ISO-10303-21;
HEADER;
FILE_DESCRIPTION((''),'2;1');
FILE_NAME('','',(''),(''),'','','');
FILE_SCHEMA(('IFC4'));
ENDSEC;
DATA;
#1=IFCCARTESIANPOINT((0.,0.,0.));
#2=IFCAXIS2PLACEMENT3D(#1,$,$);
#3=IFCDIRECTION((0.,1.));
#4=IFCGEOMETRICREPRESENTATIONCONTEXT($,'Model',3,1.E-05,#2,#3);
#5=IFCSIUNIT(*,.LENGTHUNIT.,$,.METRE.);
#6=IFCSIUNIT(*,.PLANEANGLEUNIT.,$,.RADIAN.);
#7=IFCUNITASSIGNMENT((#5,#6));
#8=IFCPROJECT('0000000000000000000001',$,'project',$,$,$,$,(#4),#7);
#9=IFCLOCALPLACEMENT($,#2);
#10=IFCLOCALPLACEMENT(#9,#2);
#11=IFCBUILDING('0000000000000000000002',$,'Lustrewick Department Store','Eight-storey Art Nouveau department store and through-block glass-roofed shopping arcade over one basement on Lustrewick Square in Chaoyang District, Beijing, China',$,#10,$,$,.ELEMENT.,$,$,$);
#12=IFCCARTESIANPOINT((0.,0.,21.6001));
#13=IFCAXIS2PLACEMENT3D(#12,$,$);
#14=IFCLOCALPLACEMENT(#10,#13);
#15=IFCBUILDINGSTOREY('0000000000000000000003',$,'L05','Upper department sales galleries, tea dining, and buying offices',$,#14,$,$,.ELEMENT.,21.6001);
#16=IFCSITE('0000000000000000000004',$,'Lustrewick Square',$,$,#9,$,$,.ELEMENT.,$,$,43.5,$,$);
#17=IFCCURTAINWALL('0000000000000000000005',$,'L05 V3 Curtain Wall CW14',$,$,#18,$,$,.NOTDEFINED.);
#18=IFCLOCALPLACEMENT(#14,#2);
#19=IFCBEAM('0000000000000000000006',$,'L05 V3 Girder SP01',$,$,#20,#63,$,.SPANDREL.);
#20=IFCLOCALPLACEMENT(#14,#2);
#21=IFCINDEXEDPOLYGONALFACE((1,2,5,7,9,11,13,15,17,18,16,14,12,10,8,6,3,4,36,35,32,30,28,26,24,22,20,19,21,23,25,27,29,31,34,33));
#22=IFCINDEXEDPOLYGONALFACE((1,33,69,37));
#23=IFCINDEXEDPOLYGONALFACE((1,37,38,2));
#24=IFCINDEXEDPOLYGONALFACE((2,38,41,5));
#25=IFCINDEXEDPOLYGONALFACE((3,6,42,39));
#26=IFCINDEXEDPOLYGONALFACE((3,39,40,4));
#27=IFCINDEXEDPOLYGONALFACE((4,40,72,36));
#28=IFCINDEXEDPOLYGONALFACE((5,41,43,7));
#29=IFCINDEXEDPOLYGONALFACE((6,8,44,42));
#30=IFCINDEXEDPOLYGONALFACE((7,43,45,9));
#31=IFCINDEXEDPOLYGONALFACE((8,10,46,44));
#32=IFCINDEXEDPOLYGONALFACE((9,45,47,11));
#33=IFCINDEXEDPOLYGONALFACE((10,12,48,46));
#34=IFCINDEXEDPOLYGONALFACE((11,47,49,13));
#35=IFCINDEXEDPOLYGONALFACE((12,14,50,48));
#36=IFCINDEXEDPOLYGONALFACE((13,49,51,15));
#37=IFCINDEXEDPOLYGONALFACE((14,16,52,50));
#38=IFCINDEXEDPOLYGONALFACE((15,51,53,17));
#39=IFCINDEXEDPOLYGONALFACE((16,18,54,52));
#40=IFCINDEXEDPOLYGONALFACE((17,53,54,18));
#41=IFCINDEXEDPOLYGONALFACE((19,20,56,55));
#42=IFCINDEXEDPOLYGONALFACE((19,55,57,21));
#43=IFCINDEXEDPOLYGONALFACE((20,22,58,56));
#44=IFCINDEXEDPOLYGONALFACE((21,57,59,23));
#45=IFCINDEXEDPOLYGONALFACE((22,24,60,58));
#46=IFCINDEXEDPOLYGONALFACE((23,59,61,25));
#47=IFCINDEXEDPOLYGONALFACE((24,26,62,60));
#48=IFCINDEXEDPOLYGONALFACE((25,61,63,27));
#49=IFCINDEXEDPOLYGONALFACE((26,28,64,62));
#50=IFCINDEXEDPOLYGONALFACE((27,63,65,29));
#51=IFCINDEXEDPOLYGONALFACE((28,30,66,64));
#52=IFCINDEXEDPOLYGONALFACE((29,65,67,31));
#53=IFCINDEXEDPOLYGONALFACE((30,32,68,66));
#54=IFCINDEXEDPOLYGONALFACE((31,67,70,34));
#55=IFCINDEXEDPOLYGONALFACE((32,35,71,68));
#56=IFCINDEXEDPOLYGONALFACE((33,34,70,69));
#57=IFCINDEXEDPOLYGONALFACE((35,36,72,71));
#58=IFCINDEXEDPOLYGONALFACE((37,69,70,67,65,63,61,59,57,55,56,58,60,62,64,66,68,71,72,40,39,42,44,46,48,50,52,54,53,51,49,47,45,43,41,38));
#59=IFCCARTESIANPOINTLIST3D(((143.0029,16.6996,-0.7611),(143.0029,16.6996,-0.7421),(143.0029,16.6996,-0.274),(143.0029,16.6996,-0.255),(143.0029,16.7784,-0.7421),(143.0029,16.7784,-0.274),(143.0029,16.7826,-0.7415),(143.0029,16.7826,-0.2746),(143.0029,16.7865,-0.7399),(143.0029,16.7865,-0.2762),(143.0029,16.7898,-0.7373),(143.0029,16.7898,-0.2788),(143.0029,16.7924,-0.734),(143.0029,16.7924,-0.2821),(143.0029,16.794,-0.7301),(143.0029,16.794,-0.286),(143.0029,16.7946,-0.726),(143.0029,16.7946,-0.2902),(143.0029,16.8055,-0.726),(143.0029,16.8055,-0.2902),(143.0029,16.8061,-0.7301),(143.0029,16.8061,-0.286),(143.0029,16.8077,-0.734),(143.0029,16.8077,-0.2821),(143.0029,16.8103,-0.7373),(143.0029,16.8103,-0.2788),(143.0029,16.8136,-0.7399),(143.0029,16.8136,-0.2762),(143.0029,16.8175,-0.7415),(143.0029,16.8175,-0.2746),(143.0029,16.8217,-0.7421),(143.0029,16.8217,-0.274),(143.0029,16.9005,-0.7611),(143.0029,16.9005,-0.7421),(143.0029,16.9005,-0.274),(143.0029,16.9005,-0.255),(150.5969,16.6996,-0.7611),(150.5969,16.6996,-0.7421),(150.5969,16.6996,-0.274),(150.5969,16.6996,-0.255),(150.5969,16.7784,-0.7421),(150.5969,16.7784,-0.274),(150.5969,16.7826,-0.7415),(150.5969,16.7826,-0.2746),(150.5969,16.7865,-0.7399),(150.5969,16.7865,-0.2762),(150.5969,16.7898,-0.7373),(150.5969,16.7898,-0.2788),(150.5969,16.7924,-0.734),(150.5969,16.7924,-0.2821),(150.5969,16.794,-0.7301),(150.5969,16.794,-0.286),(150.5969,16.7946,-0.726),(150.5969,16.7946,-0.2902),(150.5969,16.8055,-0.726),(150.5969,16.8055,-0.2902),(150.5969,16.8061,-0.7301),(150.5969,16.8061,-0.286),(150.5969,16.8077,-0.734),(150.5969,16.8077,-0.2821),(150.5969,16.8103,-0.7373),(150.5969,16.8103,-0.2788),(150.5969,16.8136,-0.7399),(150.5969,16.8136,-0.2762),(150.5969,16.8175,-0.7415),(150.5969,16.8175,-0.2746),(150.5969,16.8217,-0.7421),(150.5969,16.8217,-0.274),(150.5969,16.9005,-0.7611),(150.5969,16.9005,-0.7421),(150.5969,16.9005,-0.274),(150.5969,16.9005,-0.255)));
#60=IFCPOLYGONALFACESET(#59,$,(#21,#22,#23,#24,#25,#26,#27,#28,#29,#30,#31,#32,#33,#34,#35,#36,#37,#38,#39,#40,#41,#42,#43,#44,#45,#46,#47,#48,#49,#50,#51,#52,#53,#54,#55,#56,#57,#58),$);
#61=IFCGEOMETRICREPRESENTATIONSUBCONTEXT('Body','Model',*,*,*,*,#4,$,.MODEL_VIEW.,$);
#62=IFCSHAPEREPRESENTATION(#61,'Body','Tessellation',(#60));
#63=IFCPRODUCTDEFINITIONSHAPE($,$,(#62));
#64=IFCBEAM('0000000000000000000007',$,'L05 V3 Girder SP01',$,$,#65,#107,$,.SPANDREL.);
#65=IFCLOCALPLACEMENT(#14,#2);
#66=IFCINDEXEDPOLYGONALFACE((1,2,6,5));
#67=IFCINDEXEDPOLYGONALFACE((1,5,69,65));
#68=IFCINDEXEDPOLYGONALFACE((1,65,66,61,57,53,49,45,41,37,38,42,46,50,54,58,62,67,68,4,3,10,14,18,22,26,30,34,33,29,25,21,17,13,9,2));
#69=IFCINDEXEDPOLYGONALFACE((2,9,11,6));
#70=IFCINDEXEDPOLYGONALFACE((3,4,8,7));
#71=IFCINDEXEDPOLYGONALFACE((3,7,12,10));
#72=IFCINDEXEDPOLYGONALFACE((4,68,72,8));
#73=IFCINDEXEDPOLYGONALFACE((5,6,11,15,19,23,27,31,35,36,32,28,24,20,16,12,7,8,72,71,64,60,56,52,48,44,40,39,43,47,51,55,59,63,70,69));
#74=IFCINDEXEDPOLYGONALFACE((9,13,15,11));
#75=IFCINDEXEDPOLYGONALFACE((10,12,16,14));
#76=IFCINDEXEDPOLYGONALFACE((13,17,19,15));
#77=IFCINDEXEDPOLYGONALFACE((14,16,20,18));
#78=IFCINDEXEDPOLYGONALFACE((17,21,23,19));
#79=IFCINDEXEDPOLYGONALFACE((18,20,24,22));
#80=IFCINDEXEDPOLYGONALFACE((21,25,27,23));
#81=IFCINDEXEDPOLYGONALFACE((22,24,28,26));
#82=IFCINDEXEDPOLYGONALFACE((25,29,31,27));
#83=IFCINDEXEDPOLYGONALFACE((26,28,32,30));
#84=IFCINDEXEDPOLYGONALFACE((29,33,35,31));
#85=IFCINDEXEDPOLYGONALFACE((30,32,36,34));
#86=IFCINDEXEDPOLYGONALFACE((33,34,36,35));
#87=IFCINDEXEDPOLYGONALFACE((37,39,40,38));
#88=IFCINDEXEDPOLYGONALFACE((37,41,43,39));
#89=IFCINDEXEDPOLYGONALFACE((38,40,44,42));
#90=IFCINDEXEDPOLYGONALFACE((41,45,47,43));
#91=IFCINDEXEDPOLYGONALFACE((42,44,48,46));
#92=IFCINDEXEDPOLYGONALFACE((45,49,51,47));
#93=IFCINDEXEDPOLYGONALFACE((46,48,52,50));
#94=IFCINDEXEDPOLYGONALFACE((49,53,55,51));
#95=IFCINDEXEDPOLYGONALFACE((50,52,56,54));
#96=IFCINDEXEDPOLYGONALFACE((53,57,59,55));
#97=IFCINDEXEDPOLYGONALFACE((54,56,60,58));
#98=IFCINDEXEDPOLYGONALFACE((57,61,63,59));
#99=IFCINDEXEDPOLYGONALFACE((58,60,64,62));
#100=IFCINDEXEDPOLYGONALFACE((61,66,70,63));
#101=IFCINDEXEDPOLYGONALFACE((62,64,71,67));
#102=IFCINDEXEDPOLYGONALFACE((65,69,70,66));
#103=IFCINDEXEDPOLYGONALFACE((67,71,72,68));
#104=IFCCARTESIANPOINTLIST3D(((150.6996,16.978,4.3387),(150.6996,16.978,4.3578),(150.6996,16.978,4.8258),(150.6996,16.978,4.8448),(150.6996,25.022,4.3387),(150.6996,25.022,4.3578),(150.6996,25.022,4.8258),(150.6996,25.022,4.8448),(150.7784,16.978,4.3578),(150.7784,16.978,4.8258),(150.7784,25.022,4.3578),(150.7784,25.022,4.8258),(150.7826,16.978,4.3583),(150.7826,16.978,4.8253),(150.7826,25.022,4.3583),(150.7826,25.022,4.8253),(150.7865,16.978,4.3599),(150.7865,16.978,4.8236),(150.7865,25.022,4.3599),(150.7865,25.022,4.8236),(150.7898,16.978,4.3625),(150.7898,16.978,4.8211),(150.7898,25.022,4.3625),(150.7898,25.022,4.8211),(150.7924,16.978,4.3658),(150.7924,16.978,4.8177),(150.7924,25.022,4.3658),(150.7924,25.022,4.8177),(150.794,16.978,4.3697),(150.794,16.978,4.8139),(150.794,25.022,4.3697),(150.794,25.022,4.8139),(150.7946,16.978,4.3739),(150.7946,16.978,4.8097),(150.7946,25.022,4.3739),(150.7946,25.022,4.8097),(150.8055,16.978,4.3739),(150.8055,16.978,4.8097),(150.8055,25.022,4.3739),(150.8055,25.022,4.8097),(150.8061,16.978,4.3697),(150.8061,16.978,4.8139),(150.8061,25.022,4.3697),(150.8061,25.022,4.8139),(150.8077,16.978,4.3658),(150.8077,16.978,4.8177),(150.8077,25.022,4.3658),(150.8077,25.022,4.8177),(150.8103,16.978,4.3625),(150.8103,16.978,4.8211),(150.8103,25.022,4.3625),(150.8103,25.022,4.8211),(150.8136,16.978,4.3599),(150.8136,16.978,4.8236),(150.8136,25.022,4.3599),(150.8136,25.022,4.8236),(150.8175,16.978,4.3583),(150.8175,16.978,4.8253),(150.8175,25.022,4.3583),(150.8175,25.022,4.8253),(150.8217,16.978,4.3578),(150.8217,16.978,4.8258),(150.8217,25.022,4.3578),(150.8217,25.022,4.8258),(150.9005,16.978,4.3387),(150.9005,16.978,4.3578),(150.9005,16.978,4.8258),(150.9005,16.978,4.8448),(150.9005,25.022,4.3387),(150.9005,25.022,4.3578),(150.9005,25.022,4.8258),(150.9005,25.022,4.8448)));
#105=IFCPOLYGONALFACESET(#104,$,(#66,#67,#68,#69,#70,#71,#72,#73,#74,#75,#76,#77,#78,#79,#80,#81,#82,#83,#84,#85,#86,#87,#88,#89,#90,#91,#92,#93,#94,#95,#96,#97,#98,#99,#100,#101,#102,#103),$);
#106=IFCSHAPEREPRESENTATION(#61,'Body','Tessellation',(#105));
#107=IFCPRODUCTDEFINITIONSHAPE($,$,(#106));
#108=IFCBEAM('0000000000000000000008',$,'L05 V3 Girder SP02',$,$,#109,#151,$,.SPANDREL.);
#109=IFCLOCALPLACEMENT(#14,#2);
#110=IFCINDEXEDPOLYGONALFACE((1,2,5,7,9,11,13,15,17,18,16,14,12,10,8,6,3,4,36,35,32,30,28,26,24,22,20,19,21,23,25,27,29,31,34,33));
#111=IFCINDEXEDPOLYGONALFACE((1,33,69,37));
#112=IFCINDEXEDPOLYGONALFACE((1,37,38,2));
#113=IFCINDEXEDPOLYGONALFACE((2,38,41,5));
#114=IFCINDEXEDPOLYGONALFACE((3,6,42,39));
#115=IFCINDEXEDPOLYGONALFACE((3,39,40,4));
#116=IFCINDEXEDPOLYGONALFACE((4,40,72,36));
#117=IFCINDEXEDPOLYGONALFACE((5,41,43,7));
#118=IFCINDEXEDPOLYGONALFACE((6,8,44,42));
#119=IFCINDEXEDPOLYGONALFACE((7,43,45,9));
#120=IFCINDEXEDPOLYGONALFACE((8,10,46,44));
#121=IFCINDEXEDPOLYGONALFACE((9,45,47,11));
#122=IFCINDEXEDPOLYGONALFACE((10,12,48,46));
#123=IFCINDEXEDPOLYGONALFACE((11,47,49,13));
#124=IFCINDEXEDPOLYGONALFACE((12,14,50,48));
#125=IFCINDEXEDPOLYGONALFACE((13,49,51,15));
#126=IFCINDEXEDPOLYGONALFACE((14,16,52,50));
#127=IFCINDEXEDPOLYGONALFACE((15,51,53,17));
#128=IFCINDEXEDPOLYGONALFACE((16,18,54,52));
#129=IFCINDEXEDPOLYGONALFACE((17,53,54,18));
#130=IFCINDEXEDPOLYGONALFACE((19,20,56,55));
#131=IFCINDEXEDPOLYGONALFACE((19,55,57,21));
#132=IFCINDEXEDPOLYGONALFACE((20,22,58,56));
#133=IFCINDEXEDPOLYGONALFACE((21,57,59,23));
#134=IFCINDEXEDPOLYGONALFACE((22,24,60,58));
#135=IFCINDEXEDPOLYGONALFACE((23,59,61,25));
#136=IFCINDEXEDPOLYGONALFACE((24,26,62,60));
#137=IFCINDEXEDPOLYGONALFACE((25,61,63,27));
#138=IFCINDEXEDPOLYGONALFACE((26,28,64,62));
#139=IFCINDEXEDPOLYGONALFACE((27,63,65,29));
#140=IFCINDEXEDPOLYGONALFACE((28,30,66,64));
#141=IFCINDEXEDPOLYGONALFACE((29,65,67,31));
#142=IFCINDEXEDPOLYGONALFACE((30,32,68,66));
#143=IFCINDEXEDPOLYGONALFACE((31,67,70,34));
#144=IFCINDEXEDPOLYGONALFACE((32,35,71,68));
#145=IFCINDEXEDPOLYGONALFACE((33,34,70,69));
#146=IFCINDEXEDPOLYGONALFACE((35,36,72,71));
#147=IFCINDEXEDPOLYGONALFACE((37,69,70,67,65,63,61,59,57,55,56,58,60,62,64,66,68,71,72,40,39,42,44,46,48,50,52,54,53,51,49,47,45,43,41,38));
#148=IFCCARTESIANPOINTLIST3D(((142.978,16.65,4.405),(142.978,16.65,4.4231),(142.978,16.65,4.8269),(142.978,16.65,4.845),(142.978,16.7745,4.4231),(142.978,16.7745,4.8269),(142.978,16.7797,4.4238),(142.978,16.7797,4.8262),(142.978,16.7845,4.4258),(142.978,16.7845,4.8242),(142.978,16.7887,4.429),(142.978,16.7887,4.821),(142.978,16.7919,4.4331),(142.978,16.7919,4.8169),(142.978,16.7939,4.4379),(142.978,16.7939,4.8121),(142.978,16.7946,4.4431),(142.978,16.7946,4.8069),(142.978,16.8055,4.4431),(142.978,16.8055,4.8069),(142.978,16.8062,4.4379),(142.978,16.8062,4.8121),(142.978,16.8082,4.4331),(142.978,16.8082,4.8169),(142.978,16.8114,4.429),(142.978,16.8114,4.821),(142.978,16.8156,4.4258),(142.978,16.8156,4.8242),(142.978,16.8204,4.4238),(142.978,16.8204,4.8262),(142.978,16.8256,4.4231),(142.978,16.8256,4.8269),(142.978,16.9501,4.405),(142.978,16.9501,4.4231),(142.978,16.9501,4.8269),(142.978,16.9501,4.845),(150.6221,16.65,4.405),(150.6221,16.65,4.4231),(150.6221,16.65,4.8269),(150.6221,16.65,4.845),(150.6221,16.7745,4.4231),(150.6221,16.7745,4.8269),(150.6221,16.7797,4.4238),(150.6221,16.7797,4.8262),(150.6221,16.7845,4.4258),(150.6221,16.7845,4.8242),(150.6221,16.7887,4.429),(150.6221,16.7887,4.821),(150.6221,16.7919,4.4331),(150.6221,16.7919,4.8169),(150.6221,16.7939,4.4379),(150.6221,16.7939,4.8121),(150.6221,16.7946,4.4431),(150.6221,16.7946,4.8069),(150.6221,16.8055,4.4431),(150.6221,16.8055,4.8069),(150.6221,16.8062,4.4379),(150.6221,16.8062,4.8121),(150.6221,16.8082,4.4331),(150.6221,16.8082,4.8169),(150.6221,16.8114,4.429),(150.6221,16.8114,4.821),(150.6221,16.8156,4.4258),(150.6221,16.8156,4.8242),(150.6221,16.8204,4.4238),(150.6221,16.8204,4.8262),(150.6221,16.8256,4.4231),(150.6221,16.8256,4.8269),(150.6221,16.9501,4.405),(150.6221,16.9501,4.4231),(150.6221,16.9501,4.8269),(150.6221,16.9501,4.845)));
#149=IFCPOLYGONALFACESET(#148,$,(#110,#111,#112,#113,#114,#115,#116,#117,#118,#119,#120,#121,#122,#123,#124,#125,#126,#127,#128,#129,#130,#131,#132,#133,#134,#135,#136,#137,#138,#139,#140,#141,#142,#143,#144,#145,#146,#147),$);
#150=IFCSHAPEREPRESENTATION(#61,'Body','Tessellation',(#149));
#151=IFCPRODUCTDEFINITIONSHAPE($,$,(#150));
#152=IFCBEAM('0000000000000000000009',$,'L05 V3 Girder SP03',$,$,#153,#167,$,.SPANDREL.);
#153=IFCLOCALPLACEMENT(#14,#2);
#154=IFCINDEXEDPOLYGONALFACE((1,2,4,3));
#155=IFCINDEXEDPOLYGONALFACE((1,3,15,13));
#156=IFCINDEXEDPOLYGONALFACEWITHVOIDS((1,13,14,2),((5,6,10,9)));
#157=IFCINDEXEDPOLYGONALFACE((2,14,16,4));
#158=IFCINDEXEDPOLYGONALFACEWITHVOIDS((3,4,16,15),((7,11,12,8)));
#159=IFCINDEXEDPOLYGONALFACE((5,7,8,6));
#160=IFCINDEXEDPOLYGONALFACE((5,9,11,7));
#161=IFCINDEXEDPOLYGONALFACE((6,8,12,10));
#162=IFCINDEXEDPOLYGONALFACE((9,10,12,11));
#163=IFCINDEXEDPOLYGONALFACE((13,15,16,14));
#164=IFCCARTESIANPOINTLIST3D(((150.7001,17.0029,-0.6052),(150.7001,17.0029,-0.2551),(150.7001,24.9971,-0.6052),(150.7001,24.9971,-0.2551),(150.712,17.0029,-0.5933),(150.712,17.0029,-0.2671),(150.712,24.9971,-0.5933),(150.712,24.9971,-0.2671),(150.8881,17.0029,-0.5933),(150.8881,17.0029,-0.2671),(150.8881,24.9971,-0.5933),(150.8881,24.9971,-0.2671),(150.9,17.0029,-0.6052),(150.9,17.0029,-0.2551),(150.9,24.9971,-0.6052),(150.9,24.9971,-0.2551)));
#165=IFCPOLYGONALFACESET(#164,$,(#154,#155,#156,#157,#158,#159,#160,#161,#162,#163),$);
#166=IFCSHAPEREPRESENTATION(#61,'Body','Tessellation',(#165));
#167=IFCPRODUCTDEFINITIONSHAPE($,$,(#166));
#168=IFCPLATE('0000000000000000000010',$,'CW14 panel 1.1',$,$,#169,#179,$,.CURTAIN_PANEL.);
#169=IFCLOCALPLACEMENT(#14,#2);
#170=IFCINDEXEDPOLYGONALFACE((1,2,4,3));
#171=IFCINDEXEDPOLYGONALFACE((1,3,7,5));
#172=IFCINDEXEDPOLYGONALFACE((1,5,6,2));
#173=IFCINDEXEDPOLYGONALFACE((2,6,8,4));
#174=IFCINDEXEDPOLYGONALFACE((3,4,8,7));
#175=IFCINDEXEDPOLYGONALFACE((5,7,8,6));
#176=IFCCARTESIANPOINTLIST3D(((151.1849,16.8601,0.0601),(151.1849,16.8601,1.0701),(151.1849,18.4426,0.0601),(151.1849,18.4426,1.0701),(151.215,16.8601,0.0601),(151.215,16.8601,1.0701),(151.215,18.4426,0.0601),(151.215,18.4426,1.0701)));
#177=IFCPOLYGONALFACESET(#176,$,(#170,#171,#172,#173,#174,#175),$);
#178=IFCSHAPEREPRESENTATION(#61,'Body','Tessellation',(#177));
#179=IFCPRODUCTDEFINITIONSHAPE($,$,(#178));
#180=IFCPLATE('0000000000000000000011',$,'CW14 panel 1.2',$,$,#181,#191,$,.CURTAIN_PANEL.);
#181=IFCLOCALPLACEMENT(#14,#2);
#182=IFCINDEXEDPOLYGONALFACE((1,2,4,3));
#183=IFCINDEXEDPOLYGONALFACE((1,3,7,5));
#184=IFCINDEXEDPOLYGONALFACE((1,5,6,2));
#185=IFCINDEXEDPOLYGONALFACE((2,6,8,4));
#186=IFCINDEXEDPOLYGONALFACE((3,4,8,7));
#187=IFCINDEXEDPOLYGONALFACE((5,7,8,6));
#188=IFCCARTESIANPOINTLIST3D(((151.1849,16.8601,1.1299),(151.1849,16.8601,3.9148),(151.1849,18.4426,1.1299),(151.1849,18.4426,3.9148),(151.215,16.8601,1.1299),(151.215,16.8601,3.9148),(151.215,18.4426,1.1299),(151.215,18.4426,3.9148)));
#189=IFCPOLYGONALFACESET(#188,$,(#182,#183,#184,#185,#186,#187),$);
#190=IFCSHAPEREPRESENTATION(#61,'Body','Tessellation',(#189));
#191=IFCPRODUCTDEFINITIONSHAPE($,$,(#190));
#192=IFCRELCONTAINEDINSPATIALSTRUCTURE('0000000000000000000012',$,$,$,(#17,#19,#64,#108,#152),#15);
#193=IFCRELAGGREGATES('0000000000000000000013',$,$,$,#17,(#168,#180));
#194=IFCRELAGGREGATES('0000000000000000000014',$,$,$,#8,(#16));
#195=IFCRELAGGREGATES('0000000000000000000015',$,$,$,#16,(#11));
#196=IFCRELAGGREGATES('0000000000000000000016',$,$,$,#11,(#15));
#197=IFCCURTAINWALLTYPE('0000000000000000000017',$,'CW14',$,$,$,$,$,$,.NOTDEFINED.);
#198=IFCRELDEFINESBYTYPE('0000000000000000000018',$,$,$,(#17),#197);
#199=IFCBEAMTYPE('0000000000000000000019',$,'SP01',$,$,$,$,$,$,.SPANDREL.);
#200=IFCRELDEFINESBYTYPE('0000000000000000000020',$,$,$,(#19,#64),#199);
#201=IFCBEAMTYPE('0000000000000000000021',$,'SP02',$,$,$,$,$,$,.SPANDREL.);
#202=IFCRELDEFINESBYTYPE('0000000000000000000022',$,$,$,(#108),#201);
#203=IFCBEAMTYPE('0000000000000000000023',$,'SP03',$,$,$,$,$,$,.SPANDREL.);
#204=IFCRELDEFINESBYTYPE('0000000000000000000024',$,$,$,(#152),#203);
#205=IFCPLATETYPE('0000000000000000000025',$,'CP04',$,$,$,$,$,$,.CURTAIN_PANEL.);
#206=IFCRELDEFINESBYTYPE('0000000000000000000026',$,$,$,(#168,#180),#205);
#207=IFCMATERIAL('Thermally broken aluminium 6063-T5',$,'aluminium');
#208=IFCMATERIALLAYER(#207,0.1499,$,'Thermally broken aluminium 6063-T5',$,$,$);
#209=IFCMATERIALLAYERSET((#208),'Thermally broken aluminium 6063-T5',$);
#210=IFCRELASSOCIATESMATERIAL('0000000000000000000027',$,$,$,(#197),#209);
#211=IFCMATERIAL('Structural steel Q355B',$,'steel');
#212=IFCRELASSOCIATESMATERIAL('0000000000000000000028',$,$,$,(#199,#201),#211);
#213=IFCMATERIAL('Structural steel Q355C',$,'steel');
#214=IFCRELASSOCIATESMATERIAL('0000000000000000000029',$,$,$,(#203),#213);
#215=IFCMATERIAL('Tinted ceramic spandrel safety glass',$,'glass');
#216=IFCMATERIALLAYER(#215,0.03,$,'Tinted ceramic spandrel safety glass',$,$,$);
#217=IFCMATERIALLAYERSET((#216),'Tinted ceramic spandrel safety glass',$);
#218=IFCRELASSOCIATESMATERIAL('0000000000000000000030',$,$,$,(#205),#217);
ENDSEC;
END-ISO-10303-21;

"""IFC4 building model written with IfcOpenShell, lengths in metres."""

from ifc_helpers import new_model, si_unit, direction, frame, origin, origin_2d, place, context, subcontext, project, spatial, rectangle, hollow_rectangle, i_section, extrude, material, layer, layer_set, material_profile, profile_set, type_object, element, aggregate, save


model = new_model("IFC4")

# Units and contexts
model_context = context("Model", 3, precision=1e-05, world=origin(), true_north=direction((0.0, 1.0)))
body_context = subcontext(model_context, "Body", "Model", "MODEL_VIEW")
ifc_project = project(units=[si_unit("LENGTHUNIT", "METRE"), si_unit("PLANEANGLEUNIT", "RADIAN")], contexts=[model_context])

# Site, building, storey
site_placement = place(None, origin())
site = spatial("IfcSite", under=ifc_project, at=site_placement, Name="Lustrewick Square", CompositionType="ELEMENT", RefElevation=43.5)
building_placement = place(site_placement, origin())
building = spatial("IfcBuilding", under=site, at=building_placement, Name="Lustrewick Department Store", Description="Eight-storey Art Nouveau department store and through-block glass-roofed shopping arcade over one basement on Lustrewick Square in Chaoyang District, Beijing, China", CompositionType="ELEMENT")
storey_placement = place(building_placement, frame((0.0, 0.0, 21.6001)))
storey = spatial("IfcBuildingStorey", under=building, at=storey_placement, Name="L05", Description="Upper department sales galleries, tea dining, and buying offices", CompositionType="ELEMENT", Elevation=21.6001)

# Shared definitions
ifc_material_1 = material(Name="Structural steel Q355B", Category="steel")

# Curtain wall
ifc_material_2 = material(Name="Thermally broken aluminium 6063-T5", Category="aluminium")
ifc_layer_1 = layer(ifc_material_2, 0.1499, Name="Thermally broken aluminium 6063-T5")
ifc_layer_set_1 = layer_set([ifc_layer_1], Name="Thermally broken aluminium 6063-T5")
curtain_wall_type = type_object("IfcCurtainWallType", Name="CW14", PredefinedType="NOTDEFINED", material=ifc_layer_set_1)
curtain_wall_placement = place(storey_placement, origin())
curtain_wall = element("IfcCurtainWall", 1, at=curtain_wall_placement, inside=storey, type_object=curtain_wall_type, Name="L05 V3 Curtain Wall CW14", PredefinedType="NOTDEFINED")

# Beams
ifc_material_3 = material(Name="Structural steel Q355C", Category="steel")
ifc_material_profile_1 = material_profile(ifc_material_1, i_section(OverallWidth=0.2009, OverallDepth=0.5061, WebThickness=0.011, FlangeThickness=0.019, FilletRadius=0.0161, at=origin_2d()), Name="HN 506x201x11x19")
ifc_profile_set_1 = profile_set([ifc_material_profile_1], Name="Structural steel Q355B")
beam_type_1 = type_object("IfcBeamType", Name="SP01", PredefinedType="SPANDREL", material=ifc_profile_set_1)
beam_1_placement = place(storey_placement, frame((143.0029, 16.8, -0.5081), z_axis=(1.0, 0.0, 0.0), x_axis=(0.0, 1.0, 0.0)))
element("IfcBeam", 2, at=beam_1_placement, inside=storey, type_object=beam_type_1, Name="L05 V3 Girder SP01", PredefinedType="SPANDREL", context=body_context, shape_type="SweptSolid", body=[
    extrude(i_section(OverallWidth=0.2009, OverallDepth=0.5061, WebThickness=0.011, FlangeThickness=0.019, FilletRadius=0.0161, at=origin_2d()), origin(), (0.0, 0.0, 1.0), 7.594),
])
beam_2_placement = place(storey_placement, frame((150.8, 16.978, 4.5918), z_axis=(0.0, 1.0, 0.0), x_axis=(-1.0, 0.0, 0.0)))
element("IfcBeam", 3, at=beam_2_placement, inside=storey, type_object=beam_type_1, Name="L05 V3 Girder SP01", PredefinedType="SPANDREL", context=body_context, shape_type="SweptSolid", body=[
    extrude(i_section(OverallWidth=0.2009, OverallDepth=0.5061, WebThickness=0.011, FlangeThickness=0.019, FilletRadius=0.0161, at=origin_2d()), origin(), (0.0, 0.0, 1.0), 8.0439),
])
ifc_material_profile_2 = material_profile(ifc_material_1, i_section(OverallWidth=0.3, OverallDepth=0.4399, WebThickness=0.011, FlangeThickness=0.0181, FilletRadius=0.02, at=origin_2d()), Name="HM 440x300x11x18")
ifc_profile_set_2 = profile_set([ifc_material_profile_2], Name="Structural steel Q355B")
beam_type_2 = type_object("IfcBeamType", Name="SP02", PredefinedType="SPANDREL", material=ifc_profile_set_2)
beam_3_placement = place(storey_placement, frame((142.978, 16.8, 4.625), z_axis=(1.0, 0.0, 0.0), x_axis=(0.0, 1.0, 0.0)))
element("IfcBeam", 4, at=beam_3_placement, inside=storey, type_object=beam_type_2, Name="L05 V3 Girder SP02", PredefinedType="SPANDREL", context=body_context, shape_type="SweptSolid", body=[
    extrude(i_section(OverallWidth=0.3, OverallDepth=0.4399, WebThickness=0.011, FlangeThickness=0.0181, FilletRadius=0.02, at=origin_2d()), origin(), (0.0, 0.0, 1.0), 7.644),
])
ifc_material_profile_3 = material_profile(ifc_material_3, hollow_rectangle(XDim=0.2, YDim=0.3501, WallThickness=0.012, at=origin_2d()), Name="RHS 350x200x12")
ifc_profile_set_3 = profile_set([ifc_material_profile_3], Name="Structural steel Q355C")
beam_type_3 = type_object("IfcBeamType", Name="SP03", PredefinedType="SPANDREL", material=ifc_profile_set_3)
beam_4_placement = place(storey_placement, frame((150.8, 17.0029, -0.4302), z_axis=(0.0, 1.0, 0.0), x_axis=(-1.0, 0.0, 0.0)))
element("IfcBeam", 5, at=beam_4_placement, inside=storey, type_object=beam_type_3, Name="L05 V3 Girder SP03", PredefinedType="SPANDREL", context=body_context, shape_type="SweptSolid", body=[
    extrude(hollow_rectangle(XDim=0.2, YDim=0.3501, WallThickness=0.012, at=origin_2d()), origin(), (0.0, 0.0, 1.0), 7.9941),
])

# Plates
ifc_material_4 = material(Name="Tinted ceramic spandrel safety glass", Category="glass")
ifc_layer_2 = layer(ifc_material_4, 0.03, Name="Tinted ceramic spandrel safety glass")
ifc_layer_set_2 = layer_set([ifc_layer_2], Name="Tinted ceramic spandrel safety glass")
plate_type = type_object("IfcPlateType", Name="CP04", PredefinedType="CURTAIN_PANEL", material=ifc_layer_set_2)
plate_1_placement = place(storey_placement, frame((151.2, 17.6514, 0.0601), z_axis=(0.0, 0.0, 1.0), x_axis=(0.0, 1.0, 0.0)))
plate_1 = element("IfcPlate", 6, at=plate_1_placement, type_object=plate_type, Name="CW14 panel 1.1", PredefinedType="CURTAIN_PANEL", context=body_context, shape_type="SweptSolid", body=[
    extrude(rectangle(XDim=1.5825, YDim=0.03, at=origin_2d()), origin(), (0.0, 0.0, 1.0), 1.01),
])
plate_2_placement = place(storey_placement, frame((151.2, 17.6514, 1.1299), z_axis=(0.0, 0.0, 1.0), x_axis=(0.0, 1.0, 0.0)))
plate_2 = element("IfcPlate", 7, at=plate_2_placement, type_object=plate_type, Name="CW14 panel 1.2", PredefinedType="CURTAIN_PANEL", context=body_context, shape_type="SweptSolid", body=[
    extrude(rectangle(XDim=1.5825, YDim=0.03, at=origin_2d()), origin(), (0.0, 0.0, 1.0), 2.7849),
])
aggregate(curtain_wall, [plate_1, plate_2])

save(model, "model.ifc")
